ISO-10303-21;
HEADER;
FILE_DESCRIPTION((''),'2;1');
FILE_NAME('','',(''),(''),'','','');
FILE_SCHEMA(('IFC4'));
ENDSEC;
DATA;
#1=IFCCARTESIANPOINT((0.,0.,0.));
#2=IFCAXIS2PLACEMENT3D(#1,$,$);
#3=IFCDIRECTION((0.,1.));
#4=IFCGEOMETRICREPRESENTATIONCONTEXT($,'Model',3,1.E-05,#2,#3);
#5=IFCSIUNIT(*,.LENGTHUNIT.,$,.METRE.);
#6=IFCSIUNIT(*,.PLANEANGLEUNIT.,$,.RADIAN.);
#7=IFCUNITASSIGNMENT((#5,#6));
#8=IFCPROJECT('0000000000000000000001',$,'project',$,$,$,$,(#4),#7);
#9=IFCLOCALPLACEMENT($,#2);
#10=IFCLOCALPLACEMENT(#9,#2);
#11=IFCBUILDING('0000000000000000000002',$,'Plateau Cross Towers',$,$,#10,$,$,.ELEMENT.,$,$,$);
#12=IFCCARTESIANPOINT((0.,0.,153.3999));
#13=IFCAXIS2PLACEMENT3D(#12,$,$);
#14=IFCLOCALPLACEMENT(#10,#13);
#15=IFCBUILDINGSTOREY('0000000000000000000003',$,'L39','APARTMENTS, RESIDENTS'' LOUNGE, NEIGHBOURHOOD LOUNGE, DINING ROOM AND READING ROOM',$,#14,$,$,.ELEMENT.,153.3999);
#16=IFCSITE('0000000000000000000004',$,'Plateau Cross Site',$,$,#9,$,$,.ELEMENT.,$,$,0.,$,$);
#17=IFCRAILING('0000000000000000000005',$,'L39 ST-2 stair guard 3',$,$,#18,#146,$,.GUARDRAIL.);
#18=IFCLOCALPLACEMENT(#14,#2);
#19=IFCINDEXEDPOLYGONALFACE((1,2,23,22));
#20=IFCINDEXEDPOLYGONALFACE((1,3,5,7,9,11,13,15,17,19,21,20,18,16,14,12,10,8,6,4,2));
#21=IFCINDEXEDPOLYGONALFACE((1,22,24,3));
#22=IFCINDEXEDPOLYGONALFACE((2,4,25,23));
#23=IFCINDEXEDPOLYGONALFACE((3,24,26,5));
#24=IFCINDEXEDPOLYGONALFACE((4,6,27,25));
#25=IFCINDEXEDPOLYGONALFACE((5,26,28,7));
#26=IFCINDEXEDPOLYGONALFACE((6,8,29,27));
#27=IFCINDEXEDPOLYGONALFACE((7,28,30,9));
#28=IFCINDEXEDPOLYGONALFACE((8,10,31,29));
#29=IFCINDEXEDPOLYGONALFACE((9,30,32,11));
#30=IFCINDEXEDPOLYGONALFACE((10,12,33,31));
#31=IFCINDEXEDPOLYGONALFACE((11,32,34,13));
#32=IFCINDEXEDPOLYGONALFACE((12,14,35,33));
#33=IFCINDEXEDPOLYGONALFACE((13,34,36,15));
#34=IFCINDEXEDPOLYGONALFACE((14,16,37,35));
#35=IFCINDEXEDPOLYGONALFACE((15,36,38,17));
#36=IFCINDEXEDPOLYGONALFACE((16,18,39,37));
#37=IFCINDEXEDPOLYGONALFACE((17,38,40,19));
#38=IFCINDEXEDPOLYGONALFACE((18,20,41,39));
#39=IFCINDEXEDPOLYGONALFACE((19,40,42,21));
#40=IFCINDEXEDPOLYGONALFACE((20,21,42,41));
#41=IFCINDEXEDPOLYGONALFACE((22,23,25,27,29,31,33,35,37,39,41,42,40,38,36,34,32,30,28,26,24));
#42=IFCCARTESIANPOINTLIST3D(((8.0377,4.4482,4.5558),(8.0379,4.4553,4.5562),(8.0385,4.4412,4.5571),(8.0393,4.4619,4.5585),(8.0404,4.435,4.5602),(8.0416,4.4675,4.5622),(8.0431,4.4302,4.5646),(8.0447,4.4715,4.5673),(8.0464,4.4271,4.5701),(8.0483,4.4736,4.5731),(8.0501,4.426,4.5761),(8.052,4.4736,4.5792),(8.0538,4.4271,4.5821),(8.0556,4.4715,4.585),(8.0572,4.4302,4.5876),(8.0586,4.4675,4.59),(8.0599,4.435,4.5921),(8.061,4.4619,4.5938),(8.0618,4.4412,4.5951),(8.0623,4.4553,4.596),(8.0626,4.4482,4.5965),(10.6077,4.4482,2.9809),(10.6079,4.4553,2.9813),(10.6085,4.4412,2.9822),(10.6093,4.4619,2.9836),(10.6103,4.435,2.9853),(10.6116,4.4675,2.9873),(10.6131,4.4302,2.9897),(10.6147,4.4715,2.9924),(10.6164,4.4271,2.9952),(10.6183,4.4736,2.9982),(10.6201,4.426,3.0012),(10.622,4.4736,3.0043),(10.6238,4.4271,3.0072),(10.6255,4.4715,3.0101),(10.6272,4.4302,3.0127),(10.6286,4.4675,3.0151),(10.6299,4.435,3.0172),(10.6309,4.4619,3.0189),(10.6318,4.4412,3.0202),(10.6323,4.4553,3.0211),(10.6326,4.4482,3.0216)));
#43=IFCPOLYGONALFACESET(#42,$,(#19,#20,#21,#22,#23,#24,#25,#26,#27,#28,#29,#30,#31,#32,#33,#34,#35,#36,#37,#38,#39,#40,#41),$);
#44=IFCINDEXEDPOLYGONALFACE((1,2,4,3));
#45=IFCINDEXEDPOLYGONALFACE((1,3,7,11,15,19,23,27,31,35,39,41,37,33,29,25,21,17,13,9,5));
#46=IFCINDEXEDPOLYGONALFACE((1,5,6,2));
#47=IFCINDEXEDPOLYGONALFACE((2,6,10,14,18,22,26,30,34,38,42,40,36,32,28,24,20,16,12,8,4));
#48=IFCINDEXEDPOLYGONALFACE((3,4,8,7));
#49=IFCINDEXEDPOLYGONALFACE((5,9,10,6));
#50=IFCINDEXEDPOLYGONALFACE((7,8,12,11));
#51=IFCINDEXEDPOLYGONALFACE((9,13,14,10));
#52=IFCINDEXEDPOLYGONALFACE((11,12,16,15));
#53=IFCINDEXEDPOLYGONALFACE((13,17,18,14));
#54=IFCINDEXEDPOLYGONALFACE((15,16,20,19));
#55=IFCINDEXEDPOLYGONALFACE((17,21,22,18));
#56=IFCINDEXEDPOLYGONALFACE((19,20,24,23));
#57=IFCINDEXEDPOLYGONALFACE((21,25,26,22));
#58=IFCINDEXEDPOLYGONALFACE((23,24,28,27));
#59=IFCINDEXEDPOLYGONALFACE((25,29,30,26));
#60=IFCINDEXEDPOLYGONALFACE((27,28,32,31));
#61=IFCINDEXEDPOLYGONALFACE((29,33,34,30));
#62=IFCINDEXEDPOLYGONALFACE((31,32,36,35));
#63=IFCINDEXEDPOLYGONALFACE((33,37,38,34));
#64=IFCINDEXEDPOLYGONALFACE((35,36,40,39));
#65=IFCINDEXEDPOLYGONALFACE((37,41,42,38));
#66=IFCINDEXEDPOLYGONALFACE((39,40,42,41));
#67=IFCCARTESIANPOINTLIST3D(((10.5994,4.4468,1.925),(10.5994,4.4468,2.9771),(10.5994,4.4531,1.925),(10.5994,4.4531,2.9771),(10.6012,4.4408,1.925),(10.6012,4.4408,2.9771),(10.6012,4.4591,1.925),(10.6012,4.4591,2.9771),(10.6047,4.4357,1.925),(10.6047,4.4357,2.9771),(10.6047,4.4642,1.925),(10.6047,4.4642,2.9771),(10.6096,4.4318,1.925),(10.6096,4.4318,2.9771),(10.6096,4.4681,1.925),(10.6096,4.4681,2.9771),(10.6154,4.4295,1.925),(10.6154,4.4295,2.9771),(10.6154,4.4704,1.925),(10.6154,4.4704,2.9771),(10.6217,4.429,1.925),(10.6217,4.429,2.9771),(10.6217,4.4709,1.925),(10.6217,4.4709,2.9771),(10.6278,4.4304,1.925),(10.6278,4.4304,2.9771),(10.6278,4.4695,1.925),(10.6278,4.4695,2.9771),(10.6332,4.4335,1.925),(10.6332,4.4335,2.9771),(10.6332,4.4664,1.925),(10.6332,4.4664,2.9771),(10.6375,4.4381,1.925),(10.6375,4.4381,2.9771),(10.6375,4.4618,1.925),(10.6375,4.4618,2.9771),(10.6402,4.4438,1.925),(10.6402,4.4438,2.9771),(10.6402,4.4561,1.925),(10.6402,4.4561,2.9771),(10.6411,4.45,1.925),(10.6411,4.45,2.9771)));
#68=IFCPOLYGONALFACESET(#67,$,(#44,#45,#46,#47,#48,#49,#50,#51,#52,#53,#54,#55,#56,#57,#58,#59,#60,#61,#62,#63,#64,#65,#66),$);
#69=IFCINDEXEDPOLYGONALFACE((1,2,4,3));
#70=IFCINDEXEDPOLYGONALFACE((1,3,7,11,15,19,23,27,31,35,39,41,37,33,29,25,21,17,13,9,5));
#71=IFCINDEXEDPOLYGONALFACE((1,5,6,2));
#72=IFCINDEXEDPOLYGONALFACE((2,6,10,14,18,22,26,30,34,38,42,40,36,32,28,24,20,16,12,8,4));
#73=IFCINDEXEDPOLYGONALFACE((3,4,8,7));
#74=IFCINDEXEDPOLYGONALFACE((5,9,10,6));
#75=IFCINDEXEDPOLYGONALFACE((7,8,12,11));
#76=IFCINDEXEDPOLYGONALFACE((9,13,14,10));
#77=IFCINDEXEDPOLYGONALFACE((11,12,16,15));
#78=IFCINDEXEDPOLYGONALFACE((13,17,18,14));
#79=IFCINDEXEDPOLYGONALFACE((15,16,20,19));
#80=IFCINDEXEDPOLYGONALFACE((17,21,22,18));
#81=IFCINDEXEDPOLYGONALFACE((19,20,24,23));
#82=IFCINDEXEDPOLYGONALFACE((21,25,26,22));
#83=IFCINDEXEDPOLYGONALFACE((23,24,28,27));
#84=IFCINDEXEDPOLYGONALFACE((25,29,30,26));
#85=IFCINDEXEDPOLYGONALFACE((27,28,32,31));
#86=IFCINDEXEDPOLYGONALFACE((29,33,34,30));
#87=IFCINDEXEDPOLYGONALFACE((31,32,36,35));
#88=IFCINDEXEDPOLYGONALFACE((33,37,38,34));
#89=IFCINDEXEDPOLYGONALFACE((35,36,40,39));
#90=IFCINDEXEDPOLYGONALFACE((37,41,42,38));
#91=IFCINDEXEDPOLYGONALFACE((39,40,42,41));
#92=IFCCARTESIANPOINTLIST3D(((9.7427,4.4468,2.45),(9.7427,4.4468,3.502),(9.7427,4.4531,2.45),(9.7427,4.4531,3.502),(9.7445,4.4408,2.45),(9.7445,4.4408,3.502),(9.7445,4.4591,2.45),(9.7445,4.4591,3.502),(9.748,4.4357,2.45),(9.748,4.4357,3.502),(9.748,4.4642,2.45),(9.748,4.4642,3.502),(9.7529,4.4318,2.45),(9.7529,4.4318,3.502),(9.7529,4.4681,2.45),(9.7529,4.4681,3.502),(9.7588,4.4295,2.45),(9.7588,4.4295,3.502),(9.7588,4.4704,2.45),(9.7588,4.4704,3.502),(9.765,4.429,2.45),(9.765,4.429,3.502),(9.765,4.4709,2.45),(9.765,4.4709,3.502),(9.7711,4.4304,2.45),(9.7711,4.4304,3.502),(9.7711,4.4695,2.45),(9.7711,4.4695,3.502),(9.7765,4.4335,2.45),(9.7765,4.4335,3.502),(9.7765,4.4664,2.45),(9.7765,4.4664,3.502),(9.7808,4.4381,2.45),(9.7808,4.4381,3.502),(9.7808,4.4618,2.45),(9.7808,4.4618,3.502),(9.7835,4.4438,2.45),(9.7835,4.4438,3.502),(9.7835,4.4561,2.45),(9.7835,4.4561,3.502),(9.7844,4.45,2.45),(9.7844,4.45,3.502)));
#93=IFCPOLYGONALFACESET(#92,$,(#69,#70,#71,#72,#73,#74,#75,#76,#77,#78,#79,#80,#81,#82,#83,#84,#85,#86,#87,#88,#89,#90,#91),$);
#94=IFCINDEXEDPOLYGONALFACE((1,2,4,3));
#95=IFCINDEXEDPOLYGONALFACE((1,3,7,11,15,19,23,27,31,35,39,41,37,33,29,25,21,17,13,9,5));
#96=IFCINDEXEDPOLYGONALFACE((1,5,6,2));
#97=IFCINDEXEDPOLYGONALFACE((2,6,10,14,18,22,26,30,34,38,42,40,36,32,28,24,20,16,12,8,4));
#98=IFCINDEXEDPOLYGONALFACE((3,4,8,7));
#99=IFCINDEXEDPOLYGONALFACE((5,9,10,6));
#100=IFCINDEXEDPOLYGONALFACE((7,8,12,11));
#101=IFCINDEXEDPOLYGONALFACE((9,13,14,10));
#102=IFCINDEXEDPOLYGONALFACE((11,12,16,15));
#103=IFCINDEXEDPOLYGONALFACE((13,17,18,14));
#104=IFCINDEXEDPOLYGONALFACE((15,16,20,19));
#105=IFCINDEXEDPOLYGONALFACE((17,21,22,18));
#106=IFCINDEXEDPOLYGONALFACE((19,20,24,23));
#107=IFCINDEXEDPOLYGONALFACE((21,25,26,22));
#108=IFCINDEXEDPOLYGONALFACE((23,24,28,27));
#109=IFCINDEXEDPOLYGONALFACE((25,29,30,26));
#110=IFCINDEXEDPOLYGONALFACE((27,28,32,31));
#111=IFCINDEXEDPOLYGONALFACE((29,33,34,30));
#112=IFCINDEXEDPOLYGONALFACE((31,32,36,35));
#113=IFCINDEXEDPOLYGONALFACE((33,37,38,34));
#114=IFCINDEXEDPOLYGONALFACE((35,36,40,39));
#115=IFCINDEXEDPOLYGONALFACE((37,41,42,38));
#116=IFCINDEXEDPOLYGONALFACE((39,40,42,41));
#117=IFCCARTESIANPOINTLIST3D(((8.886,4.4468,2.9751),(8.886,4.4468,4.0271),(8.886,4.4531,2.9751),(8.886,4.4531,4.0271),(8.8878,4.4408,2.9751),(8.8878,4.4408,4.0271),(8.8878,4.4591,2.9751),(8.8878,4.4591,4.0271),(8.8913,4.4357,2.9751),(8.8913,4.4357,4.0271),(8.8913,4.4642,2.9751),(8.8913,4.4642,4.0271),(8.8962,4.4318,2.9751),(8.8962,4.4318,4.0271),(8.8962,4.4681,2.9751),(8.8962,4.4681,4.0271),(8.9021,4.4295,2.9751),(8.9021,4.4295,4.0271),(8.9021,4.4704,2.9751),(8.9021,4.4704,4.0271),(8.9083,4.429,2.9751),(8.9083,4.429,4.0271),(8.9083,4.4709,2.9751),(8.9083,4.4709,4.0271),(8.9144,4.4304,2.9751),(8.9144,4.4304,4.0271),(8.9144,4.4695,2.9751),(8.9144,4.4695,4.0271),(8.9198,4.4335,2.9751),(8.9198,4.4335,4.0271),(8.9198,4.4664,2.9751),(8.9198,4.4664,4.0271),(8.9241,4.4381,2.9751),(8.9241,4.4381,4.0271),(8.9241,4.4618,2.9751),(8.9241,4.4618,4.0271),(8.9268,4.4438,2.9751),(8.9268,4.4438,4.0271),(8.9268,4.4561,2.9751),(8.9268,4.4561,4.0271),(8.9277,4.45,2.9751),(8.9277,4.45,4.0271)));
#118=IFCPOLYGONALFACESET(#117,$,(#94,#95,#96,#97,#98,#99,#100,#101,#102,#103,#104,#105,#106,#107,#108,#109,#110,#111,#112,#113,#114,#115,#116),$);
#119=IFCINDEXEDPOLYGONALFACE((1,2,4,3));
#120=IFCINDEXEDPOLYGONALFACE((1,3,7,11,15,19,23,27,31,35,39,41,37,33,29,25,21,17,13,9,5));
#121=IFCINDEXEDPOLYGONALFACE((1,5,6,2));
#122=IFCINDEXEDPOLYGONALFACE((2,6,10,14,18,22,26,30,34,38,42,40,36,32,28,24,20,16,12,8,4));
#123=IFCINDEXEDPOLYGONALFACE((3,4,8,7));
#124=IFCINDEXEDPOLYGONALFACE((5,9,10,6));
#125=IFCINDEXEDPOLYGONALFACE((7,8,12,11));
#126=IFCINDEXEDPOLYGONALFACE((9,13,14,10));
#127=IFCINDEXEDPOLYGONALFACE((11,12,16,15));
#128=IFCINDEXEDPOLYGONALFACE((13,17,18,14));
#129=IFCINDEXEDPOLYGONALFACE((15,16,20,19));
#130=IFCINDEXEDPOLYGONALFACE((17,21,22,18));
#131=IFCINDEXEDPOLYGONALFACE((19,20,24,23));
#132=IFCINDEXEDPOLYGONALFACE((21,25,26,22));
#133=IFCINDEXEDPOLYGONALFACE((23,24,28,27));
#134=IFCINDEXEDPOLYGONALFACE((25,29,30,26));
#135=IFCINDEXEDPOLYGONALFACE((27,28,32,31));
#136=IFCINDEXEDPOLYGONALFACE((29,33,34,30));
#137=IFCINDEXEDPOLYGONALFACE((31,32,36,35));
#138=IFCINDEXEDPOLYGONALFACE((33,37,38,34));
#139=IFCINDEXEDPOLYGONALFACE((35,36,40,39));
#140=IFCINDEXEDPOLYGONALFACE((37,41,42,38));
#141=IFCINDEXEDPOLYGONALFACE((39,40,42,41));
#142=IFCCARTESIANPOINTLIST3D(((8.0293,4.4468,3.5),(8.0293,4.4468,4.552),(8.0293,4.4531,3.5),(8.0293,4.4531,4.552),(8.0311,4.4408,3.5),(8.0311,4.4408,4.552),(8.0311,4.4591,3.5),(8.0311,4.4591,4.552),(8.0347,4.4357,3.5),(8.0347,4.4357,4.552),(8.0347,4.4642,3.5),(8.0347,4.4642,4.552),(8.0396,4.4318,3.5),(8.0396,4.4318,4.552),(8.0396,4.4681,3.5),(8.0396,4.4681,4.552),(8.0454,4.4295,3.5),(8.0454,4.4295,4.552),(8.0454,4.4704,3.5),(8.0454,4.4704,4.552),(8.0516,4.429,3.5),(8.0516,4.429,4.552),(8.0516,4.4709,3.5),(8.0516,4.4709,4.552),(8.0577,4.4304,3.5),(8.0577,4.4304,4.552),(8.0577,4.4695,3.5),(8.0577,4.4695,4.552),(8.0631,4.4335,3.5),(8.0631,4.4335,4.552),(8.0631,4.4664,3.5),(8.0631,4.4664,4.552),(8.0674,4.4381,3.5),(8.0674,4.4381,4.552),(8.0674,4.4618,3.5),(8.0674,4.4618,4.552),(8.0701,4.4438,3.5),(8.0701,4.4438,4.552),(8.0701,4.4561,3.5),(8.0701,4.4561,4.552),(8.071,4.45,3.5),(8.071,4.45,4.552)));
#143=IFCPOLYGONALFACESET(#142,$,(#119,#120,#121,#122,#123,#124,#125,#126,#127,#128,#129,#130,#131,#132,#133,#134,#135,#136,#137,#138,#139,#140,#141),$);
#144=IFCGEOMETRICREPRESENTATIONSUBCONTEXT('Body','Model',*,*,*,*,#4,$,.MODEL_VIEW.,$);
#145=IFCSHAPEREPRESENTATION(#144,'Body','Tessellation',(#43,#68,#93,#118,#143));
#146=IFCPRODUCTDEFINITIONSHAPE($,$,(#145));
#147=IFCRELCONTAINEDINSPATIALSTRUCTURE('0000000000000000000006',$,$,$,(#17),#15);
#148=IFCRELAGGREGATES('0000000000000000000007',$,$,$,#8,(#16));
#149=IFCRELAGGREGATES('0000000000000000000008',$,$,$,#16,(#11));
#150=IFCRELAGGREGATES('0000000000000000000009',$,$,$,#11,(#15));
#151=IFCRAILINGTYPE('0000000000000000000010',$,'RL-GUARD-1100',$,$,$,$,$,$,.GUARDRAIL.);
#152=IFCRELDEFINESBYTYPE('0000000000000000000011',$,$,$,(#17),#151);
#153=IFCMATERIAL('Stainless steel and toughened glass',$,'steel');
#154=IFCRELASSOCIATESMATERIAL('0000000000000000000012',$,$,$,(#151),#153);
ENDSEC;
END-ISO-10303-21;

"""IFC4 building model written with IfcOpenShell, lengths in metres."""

from ifc_helpers import new_model, si_unit, direction, frame, origin, origin_2d, place, context, subcontext, project, spatial, circle, extrude, material, type_object, element, save


model = new_model("IFC4")

# Units and contexts
model_context = context("Model", 3, precision=1e-05, world=origin(), true_north=direction((0.0, 1.0)))
body_context = subcontext(model_context, "Body", "Model", "MODEL_VIEW")
ifc_project = project(units=[si_unit("LENGTHUNIT", "METRE"), si_unit("PLANEANGLEUNIT", "RADIAN")], contexts=[model_context])

# Site, building, storey
site_placement = place(None, origin())
site = spatial("IfcSite", under=ifc_project, at=site_placement, Name="Plateau Cross Site", CompositionType="ELEMENT", RefElevation=0.0)
building_placement = place(site_placement, origin())
building = spatial("IfcBuilding", under=site, at=building_placement, Name="Plateau Cross Towers", CompositionType="ELEMENT")
storey_placement = place(building_placement, frame((0.0, 0.0, 153.3999)))
storey = spatial("IfcBuildingStorey", under=building, at=storey_placement, Name="L39", Description="APARTMENTS, RESIDENTS' LOUNGE, NEIGHBOURHOOD LOUNGE, DINING ROOM AND READING ROOM", CompositionType="ELEMENT", Elevation=153.3999)

# Railing
ifc_material_1 = material(Name="Stainless steel and toughened glass", Category="steel")
railing_type_1 = type_object("IfcRailingType", Name="RL-GUARD-1100", PredefinedType="GUARDRAIL", material=ifc_material_1)
railing_1_placement = place(storey_placement, frame((10.6201, 4.45, 1.925)))
element("IfcRailing", 1, at=railing_1_placement, inside=storey, type_object=railing_type_1, Name="L39 ST-2 stair guard 3", PredefinedType="GUARDRAIL", context=body_context, shape_type="SweptSolid", body=[
    extrude(circle(Radius=0.0239, at=origin_2d()), frame((0.0, 0.0, 1.0762), z_axis=(-0.852639, 0.0, 0.522501), x_axis=(0.0, -1.0, 0.0)), (0.0, 0.0, 1.0), 3.0142),
    extrude(circle(Radius=0.021, at=origin_2d()), origin(), (0.0, 0.0, 1.0), 1.052),
    extrude(circle(Radius=0.021, at=origin_2d()), frame((-0.8567, 0.0, 0.5249)), (0.0, 0.0, 1.0), 1.052),
    extrude(circle(Radius=0.021, at=origin_2d()), frame((-1.7134, 0.0, 1.05)), (0.0, 0.0, 1.0), 1.052),
    extrude(circle(Radius=0.021, at=origin_2d()), frame((-2.5701, 0.0, 1.575)), (0.0, 0.0, 1.0), 1.052),
])

save(model, "model.ifc")
